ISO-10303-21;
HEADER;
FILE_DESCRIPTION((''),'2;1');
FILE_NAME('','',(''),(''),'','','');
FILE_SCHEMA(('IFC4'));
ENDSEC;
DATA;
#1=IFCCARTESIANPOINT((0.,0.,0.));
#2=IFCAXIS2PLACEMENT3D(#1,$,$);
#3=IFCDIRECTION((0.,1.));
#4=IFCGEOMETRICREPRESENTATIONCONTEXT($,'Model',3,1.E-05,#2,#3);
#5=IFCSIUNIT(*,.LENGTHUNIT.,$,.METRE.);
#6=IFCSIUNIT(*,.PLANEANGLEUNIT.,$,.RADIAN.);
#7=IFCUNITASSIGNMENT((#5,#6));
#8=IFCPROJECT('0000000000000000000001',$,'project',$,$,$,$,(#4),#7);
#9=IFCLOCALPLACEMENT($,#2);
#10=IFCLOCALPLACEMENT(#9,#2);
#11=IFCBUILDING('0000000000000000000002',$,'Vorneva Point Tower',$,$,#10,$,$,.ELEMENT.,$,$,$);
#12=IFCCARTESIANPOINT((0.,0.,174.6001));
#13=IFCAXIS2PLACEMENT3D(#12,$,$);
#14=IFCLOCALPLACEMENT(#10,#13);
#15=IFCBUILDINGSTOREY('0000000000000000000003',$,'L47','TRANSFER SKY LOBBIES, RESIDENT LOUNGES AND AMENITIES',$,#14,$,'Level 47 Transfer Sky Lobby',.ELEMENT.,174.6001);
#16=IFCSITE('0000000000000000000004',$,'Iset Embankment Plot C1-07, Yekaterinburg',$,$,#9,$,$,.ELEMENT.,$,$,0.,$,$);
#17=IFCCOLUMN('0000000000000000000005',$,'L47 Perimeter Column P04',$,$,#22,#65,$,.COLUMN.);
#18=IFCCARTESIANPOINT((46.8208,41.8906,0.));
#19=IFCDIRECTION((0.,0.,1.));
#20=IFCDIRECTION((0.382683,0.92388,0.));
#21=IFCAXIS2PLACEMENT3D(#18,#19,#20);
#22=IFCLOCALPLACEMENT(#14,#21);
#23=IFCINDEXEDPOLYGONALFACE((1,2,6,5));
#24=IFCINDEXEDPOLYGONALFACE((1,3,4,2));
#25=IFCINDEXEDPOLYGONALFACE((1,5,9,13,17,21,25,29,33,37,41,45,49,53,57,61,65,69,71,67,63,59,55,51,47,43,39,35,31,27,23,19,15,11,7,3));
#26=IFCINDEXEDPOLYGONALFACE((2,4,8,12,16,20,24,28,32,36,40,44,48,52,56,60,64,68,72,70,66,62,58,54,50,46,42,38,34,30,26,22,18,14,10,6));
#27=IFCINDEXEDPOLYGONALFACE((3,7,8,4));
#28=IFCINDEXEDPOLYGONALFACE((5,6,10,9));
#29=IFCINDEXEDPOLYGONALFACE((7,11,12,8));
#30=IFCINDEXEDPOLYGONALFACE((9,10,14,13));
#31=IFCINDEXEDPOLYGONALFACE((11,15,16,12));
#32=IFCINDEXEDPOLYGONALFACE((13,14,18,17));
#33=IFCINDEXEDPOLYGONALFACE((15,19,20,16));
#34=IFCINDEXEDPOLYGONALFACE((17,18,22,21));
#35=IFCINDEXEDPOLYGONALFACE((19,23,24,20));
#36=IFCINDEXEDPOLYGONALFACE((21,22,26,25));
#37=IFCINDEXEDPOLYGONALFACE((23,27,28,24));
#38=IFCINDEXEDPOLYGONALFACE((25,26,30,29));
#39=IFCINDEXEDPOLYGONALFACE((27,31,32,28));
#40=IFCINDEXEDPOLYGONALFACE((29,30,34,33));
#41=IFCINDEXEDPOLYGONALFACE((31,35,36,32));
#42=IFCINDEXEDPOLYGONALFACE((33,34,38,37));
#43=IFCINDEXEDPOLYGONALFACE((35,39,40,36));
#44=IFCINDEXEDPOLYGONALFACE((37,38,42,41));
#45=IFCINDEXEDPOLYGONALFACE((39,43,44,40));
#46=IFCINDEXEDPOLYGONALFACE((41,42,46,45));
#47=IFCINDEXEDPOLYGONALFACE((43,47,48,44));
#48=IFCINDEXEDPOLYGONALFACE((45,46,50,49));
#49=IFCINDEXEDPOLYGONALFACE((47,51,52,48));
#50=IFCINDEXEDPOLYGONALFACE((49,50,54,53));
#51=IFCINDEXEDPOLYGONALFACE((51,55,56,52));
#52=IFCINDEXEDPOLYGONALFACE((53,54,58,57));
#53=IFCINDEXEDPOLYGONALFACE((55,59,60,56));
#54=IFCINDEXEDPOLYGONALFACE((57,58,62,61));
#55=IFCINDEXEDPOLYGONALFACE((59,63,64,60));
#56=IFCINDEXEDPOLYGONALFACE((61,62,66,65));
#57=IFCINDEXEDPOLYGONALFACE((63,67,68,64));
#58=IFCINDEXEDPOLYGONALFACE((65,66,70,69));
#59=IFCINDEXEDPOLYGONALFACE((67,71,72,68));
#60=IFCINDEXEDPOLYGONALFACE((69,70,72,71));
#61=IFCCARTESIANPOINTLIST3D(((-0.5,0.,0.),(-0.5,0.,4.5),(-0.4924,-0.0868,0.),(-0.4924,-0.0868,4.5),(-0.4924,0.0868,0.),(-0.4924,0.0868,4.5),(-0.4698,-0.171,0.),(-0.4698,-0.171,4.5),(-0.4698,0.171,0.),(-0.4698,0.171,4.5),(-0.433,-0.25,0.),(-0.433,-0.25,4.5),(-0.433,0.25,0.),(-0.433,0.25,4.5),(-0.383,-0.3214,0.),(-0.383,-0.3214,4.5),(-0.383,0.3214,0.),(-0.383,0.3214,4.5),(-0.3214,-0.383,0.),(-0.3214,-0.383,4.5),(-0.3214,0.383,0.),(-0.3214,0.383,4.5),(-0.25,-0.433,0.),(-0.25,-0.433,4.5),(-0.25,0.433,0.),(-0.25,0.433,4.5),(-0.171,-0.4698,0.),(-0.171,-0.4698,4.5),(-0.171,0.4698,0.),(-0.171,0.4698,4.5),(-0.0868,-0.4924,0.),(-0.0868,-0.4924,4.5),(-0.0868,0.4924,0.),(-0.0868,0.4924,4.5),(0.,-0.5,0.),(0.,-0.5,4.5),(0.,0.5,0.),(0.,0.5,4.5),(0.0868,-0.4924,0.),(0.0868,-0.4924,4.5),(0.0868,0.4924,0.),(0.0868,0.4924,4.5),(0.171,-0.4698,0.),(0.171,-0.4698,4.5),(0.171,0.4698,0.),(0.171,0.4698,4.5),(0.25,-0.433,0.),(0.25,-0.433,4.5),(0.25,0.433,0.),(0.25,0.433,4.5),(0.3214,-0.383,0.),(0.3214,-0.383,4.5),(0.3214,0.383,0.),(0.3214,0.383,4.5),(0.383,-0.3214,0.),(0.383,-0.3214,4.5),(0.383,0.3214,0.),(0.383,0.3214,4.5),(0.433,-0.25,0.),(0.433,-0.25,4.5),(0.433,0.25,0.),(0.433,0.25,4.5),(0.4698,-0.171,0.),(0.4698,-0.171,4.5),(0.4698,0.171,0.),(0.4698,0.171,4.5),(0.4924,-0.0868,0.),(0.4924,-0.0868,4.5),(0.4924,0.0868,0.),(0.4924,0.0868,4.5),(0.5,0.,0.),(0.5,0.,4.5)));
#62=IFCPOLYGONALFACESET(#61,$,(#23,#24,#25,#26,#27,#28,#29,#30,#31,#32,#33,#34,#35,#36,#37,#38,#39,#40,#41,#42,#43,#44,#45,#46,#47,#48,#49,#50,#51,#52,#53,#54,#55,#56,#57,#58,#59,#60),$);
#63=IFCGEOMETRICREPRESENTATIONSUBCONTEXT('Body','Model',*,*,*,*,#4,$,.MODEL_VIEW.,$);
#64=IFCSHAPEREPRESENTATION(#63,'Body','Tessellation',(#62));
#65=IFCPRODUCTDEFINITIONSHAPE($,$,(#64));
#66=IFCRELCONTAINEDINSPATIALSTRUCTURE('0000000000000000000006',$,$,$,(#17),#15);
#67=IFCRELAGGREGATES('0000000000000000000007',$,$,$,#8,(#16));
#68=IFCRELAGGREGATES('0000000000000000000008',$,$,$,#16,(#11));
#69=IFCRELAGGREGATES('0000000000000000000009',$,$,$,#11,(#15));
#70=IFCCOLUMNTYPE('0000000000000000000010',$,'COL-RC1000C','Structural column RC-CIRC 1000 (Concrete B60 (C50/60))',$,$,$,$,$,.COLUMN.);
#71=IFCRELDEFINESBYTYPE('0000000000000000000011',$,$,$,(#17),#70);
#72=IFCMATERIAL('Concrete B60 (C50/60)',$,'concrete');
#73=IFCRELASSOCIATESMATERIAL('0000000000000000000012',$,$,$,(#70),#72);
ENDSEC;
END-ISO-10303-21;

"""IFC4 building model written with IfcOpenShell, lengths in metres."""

from ifc_helpers import new_model, si_unit, direction, frame, origin, origin_2d, place, context, subcontext, project, spatial, circle, extrude, material, material_profile, profile_set, type_object, element, save


model = new_model("IFC4")

# Units and contexts
model_context = context("Model", 3, precision=1e-05, world=origin(), true_north=direction((0.0, 1.0)))
body_context = subcontext(model_context, "Body", "Model", "MODEL_VIEW")
ifc_project = project(units=[si_unit("LENGTHUNIT", "METRE"), si_unit("PLANEANGLEUNIT", "RADIAN")], contexts=[model_context])

# Site, building, storey
site_placement = place(None, origin())
site = spatial("IfcSite", under=ifc_project, at=site_placement, Name="Iset Embankment Plot C1-07, Yekaterinburg", CompositionType="ELEMENT", RefElevation=0.0)
building_placement = place(site_placement, origin())
building = spatial("IfcBuilding", under=site, at=building_placement, Name="Vorneva Point Tower", CompositionType="ELEMENT")
storey_placement = place(building_placement, frame((0.0, 0.0, 174.6001)))
storey = spatial("IfcBuildingStorey", under=building, at=storey_placement, Name="L47", Description="TRANSFER SKY LOBBIES, RESIDENT LOUNGES AND AMENITIES", LongName="Level 47 Transfer Sky Lobby", CompositionType="ELEMENT", Elevation=174.6001)

# Column
ifc_material_1 = material(Name="Concrete B60 (C50/60)", Category="concrete")
ifc_material_profile_1 = material_profile(ifc_material_1, circle(Radius=0.5, at=origin_2d()), Name="RC-CIRC 1000")
ifc_profile_set_1 = profile_set([ifc_material_profile_1], Name="Concrete B60 (C50/60)")
column_type_1 = type_object("IfcColumnType", Name="COL-RC1000C", Description="Structural column RC-CIRC 1000 (Concrete B60 (C50/60))", PredefinedType="COLUMN", material=ifc_profile_set_1)
column_1_placement = place(storey_placement, frame((46.8208, 41.8906, 0.0), z_axis=(0.0, 0.0, 1.0), x_axis=(0.382683, 0.92388, 0.0)))
element("IfcColumn", 1, at=column_1_placement, inside=storey, type_object=column_type_1, Name="L47 Perimeter Column P04", PredefinedType="COLUMN", context=body_context, shape_type="SweptSolid", body=[
    extrude(circle(Radius=0.5, at=origin_2d()), origin(), (0.0, 0.0, 1.0), 4.5),
])

save(model, "model.ifc")
